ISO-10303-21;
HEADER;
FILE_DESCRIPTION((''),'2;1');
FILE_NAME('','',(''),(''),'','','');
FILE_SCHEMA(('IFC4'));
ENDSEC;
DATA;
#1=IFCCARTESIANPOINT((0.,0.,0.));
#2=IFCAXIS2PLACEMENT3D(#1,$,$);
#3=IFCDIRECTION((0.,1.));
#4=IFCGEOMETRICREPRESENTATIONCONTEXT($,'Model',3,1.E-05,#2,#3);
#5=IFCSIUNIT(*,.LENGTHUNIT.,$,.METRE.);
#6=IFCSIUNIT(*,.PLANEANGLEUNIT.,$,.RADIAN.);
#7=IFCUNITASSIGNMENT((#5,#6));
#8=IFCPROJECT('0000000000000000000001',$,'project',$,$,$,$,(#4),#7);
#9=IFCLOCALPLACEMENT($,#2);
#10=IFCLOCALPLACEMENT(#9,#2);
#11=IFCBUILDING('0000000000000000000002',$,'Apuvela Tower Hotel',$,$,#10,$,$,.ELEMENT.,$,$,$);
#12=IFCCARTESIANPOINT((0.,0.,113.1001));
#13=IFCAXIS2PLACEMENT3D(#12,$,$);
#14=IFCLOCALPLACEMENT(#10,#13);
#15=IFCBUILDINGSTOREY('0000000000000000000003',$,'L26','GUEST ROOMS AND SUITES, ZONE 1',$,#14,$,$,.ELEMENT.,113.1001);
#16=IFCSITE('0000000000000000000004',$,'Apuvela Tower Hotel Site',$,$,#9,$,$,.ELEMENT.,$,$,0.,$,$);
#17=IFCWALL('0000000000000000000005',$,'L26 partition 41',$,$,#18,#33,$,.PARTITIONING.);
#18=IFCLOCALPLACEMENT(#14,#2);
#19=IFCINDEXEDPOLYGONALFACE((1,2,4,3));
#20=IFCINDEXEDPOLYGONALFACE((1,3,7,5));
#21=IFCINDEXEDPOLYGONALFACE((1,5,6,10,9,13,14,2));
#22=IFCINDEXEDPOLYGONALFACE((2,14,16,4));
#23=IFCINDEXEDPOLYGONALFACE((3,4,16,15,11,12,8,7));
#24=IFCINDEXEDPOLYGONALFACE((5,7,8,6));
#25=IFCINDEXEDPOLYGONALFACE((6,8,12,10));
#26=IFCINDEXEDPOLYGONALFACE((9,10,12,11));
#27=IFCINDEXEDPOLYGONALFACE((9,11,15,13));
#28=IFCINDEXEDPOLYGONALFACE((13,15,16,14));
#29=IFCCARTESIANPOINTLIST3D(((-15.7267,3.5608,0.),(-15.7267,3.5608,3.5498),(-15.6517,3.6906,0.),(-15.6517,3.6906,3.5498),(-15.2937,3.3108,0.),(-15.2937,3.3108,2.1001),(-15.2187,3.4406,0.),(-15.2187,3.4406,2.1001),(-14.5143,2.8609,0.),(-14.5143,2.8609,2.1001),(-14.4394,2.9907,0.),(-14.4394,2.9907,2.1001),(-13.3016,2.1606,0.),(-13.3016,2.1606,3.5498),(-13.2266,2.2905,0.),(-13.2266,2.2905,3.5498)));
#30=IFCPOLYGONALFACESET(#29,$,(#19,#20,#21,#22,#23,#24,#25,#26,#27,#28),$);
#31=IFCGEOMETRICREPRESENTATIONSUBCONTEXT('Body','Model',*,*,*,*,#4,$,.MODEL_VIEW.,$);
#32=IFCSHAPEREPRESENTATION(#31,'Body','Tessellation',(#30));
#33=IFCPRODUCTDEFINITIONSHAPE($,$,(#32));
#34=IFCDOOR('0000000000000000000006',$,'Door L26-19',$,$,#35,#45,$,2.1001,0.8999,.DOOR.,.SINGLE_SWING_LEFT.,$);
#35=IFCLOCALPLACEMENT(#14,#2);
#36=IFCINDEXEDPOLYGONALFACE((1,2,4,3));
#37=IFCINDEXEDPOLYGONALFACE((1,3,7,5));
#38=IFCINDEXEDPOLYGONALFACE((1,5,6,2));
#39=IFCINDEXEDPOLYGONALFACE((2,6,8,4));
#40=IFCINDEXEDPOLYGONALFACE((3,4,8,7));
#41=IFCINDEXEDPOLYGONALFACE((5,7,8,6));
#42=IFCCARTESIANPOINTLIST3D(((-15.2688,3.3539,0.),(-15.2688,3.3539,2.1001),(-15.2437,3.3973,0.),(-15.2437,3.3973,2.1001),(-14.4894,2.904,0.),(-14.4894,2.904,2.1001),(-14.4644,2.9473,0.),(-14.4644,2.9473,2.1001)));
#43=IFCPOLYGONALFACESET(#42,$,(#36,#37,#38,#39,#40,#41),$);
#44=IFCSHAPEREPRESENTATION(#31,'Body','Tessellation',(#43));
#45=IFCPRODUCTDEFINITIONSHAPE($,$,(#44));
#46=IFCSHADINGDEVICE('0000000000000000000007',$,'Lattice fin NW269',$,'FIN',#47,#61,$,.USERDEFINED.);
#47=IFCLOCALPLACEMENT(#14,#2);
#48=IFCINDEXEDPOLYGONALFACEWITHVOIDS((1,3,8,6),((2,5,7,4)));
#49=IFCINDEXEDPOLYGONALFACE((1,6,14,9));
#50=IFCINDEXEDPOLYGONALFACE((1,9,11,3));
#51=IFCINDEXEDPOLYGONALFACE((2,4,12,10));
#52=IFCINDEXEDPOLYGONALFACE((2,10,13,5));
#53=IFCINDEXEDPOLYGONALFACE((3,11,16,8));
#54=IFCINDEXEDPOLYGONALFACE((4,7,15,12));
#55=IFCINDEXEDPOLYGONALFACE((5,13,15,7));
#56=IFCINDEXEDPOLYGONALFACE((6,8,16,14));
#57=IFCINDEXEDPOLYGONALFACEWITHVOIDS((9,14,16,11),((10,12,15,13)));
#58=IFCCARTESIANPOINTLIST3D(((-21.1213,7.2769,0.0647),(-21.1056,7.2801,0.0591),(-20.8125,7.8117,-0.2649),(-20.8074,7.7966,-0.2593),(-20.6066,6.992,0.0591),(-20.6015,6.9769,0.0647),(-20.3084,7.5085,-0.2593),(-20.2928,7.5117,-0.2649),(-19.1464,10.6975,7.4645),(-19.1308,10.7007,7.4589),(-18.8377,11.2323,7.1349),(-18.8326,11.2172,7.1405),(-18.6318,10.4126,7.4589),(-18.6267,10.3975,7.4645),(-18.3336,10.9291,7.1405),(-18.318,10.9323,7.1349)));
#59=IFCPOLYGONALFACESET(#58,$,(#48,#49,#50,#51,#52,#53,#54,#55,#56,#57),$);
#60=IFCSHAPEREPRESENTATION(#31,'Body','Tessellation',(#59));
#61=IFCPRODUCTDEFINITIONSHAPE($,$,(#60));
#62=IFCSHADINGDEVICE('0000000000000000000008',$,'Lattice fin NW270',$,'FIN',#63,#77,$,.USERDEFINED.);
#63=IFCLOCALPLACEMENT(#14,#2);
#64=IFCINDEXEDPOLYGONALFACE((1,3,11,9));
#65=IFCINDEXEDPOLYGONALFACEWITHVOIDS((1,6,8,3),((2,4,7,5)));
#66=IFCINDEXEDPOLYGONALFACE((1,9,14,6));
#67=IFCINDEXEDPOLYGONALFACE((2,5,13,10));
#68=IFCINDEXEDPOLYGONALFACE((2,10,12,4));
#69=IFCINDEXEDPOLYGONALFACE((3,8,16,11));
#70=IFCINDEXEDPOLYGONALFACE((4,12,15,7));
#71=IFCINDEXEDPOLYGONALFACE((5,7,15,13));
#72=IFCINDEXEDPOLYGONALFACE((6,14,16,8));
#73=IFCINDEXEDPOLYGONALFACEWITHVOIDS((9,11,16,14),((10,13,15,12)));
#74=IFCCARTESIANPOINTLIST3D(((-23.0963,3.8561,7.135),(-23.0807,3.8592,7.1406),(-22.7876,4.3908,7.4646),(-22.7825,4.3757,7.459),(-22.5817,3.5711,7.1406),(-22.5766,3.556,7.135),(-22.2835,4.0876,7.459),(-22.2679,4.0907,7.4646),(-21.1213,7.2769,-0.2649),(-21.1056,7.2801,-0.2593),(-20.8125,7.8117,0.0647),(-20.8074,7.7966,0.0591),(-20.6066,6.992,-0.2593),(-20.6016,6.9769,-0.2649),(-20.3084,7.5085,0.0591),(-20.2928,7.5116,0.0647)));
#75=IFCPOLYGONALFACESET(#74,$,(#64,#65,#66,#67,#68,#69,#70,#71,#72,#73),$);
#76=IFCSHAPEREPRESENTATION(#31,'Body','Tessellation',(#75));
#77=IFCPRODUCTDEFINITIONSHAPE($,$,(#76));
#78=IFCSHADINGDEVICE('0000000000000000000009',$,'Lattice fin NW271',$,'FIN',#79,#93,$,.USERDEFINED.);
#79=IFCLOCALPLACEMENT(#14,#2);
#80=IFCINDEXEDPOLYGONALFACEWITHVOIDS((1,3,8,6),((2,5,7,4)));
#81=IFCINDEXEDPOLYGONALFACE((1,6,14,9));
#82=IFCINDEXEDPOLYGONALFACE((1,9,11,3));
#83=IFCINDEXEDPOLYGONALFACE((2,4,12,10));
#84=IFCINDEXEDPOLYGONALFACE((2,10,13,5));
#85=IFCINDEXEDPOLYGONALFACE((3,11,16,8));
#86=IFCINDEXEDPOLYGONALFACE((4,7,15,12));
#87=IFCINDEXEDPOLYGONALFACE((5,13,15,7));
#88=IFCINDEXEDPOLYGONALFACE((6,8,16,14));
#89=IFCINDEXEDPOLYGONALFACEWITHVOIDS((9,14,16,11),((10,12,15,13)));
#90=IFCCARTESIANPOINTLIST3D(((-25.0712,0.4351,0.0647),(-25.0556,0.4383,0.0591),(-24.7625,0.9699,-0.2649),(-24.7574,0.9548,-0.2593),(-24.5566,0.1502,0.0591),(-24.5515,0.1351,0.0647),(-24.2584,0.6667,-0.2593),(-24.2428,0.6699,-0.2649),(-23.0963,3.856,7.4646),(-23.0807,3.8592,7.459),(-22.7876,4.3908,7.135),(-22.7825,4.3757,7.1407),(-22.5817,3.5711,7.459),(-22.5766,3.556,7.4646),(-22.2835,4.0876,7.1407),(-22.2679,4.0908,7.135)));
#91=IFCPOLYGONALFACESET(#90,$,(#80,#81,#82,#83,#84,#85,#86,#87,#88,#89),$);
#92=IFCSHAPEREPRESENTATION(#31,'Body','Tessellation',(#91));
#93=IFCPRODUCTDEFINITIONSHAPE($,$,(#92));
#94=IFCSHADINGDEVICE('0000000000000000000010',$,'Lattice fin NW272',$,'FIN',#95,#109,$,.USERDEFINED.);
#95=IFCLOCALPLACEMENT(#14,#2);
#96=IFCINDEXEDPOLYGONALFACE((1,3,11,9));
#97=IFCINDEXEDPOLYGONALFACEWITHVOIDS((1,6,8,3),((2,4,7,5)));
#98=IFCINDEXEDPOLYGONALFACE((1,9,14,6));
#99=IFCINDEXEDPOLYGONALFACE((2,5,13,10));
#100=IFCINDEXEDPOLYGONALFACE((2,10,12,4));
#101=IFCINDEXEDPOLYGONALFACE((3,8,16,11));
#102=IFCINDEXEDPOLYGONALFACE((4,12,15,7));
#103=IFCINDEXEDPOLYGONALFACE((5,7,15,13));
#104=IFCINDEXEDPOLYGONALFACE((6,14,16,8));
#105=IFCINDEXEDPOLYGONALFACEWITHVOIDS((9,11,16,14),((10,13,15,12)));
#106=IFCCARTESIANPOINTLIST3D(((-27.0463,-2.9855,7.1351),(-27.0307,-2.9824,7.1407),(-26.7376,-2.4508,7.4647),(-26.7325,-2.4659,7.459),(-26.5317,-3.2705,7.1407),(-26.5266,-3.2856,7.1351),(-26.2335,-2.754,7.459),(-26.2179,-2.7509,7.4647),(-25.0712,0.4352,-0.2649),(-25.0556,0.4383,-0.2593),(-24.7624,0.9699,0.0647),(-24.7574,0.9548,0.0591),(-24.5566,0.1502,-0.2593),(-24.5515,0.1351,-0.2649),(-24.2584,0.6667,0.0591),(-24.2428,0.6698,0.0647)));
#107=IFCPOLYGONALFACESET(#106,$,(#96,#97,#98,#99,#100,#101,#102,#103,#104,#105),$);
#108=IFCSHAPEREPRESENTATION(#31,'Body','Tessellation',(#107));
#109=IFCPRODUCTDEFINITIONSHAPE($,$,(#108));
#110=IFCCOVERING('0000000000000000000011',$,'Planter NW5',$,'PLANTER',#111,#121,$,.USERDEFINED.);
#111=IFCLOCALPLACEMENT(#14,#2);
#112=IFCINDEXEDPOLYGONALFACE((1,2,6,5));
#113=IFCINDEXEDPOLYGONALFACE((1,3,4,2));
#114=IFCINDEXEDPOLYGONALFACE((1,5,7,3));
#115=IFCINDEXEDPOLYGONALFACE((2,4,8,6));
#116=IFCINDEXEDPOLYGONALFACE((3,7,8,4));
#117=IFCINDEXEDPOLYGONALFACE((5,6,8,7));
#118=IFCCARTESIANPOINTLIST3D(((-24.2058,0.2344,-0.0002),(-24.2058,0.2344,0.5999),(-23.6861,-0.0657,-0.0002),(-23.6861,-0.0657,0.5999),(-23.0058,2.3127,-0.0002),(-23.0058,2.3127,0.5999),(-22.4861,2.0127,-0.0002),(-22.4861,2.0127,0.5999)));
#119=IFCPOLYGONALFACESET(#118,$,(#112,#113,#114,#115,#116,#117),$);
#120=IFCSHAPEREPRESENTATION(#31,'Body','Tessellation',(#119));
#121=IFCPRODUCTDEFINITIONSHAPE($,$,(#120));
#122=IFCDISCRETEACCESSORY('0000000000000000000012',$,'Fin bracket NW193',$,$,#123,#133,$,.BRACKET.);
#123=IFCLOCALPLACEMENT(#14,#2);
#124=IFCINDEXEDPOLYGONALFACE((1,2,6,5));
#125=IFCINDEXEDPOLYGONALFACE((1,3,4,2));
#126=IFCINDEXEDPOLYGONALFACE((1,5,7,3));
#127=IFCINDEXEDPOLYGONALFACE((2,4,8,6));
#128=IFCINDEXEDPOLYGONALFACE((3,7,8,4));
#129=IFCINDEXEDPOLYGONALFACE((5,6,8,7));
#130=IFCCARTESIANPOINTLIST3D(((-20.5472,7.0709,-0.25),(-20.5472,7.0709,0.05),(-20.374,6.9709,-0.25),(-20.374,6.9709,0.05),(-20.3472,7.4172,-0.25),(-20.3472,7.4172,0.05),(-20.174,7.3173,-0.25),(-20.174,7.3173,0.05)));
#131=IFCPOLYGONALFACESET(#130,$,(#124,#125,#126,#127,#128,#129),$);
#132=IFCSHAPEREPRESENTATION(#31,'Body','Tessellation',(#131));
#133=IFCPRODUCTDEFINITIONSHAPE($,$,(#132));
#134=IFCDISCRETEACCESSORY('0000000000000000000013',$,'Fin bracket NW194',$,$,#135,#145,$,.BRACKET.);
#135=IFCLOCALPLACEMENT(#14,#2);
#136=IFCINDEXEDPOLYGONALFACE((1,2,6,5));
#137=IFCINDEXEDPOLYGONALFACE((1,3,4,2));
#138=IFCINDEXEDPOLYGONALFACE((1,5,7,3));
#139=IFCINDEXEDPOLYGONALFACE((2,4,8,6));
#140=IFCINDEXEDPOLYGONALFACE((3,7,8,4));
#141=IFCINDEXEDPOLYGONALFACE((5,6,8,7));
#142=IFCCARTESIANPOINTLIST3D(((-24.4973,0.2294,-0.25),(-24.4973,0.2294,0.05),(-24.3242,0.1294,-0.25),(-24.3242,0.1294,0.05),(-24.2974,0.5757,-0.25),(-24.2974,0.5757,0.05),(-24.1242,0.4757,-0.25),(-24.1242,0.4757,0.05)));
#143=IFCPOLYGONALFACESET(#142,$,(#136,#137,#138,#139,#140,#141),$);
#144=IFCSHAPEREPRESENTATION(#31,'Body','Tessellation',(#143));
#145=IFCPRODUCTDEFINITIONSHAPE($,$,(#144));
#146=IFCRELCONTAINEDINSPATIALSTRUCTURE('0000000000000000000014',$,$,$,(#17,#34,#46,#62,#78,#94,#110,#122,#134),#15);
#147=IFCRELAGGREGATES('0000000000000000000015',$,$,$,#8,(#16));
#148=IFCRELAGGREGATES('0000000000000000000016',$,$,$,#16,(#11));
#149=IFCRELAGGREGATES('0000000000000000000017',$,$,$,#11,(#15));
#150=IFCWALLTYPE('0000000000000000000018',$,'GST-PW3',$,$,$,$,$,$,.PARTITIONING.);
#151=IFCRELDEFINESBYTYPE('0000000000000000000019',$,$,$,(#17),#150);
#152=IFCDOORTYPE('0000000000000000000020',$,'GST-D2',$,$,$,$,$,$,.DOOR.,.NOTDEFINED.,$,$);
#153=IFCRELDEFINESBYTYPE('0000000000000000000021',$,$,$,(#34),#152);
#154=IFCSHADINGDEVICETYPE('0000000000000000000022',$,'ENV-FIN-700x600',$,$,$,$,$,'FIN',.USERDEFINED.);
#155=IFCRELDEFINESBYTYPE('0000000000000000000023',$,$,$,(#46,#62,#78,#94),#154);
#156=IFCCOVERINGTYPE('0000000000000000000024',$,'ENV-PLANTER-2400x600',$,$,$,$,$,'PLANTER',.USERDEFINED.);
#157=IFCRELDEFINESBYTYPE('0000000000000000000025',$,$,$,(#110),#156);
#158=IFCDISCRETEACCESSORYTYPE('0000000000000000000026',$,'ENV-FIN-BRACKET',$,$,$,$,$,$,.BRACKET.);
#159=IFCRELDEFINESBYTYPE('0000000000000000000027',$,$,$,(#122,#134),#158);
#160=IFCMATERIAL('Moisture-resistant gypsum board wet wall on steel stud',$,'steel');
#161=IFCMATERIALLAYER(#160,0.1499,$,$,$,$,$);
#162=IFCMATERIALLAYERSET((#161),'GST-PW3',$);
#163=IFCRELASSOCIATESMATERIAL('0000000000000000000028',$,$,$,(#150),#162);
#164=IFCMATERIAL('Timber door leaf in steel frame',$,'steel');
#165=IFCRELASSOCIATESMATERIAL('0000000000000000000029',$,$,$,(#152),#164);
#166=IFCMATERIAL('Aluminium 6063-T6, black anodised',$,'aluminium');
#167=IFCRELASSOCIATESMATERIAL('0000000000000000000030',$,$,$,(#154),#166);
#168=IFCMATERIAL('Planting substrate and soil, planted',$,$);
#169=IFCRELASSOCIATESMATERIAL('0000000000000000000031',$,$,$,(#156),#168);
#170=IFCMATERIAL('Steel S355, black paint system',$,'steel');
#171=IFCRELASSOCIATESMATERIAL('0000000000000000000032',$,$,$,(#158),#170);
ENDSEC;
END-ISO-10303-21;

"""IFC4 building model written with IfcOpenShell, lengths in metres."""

from ifc_helpers import new_model, si_unit, direction, frame, frame_2d, origin, origin_2d, place, context, subcontext, project, spatial, rectangle, hollow_rectangle, extrude, material, layer, layer_set, material_profile, profile_set, type_object, element, fill, save


model = new_model("IFC4")

# Units and contexts
model_context = context("Model", 3, precision=1e-05, world=origin(), true_north=direction((0.0, 1.0)))
body_context = subcontext(model_context, "Body", "Model", "MODEL_VIEW")
ifc_project = project(units=[si_unit("LENGTHUNIT", "METRE"), si_unit("PLANEANGLEUNIT", "RADIAN")], contexts=[model_context])

# Site, building, storey
site_placement = place(None, origin())
site = spatial("IfcSite", under=ifc_project, at=site_placement, Name="Apuvela Tower Hotel Site", CompositionType="ELEMENT", RefElevation=0.0)
building_placement = place(site_placement, origin())
building = spatial("IfcBuilding", under=site, at=building_placement, Name="Apuvela Tower Hotel", CompositionType="ELEMENT")
storey_placement = place(building_placement, frame((0.0, 0.0, 113.1001)))
storey = spatial("IfcBuildingStorey", under=building, at=storey_placement, Name="L26", Description="GUEST ROOMS AND SUITES, ZONE 1", CompositionType="ELEMENT", Elevation=113.1001)

# Wall, opening, door
ifc_material_1 = material(Name="Moisture-resistant gypsum board wet wall on steel stud", Category="steel")
ifc_layer_1 = layer(ifc_material_1, 0.1499)
ifc_layer_set_1 = layer_set([ifc_layer_1], Name="GST-PW3")
wall_type_1 = type_object("IfcWallType", Name="GST-PW3", PredefinedType="PARTITIONING", material=ifc_layer_set_1)
wall_1_placement = place(storey_placement, frame((-15.6892, 3.6257, 0.0), z_axis=(0.0, 0.0, 1.0), x_axis=(0.866019, -0.500012, 0.0)))
wall_1 = element("IfcWall", 1, at=wall_1_placement, inside=storey, type_object=wall_type_1, Name="L26 partition 41", PredefinedType="PARTITIONING", context=body_context, shape_type="SweptSolid", body=[
    extrude(rectangle(XDim=2.8003, YDim=0.1499, at=frame_2d((1.4001, 0.0))), origin(), (0.0, 0.0, 1.0), 3.5498),
])
opening_1_placement = place(wall_1_placement, frame((0.5, 0.0, 0.0)))
opening_1 = element("IfcOpeningElement", 2, at=opening_1_placement, cuts=wall_1, PredefinedType="OPENING", context=body_context, shape_type="SweptSolid", body=[
    extrude(rectangle(XDim=0.8999, YDim=2.1001, at=frame_2d((0.45, 1.05))), frame((0.0, 0.085, 0.0), z_axis=(0.0, -1.0, 0.0), x_axis=(1.0, 0.0, 0.0)), (0.0, 0.0, 1.0), 0.1699),
])
ifc_material_2 = material(Name="Timber door leaf in steel frame", Category="steel")
door_type_1 = type_object("IfcDoorType", Name="GST-D2", OperationType="NOTDEFINED", PredefinedType="DOOR", material=ifc_material_2)
door_1_placement = place(opening_1_placement, origin())
door_1 = element("IfcDoor", 3, at=door_1_placement, inside=storey, type_object=door_type_1, Name="Door L26-19", OperationType="SINGLE_SWING_LEFT", OverallHeight=2.1001, OverallWidth=0.8999, PredefinedType="DOOR", context=body_context, shape_type="SweptSolid", body=[
    extrude(rectangle(XDim=0.8999, YDim=2.1001, at=frame_2d((0.45, 1.05))), frame((0.0, 0.0249, 0.0), z_axis=(0.0, -1.0, 0.0), x_axis=(1.0, 0.0, 0.0)), (0.0, 0.0, 1.0), 0.05),
])
fill(opening_1, door_1)

# Shading devices
ifc_material_3 = material(Name="Aluminium 6063-T6, black anodised", Category="aluminium")
ifc_material_profile_1 = material_profile(ifc_material_3, hollow_rectangle(XDim=0.6001, YDim=0.7, WallThickness=0.012, at=origin_2d()), Name="AL BOX 700x600x12")
ifc_profile_set_1 = profile_set([ifc_material_profile_1], Name="Aluminium 6063-T6, black anodised")
shading_device_type = type_object("IfcShadingDeviceType", Name="ENV-FIN-700x600", ElementType="FIN", PredefinedType="USERDEFINED", material=ifc_profile_set_1)
shading_device_placement = place(storey_placement, frame((-20.707, 7.3943, -0.1001), z_axis=(0.235436, 0.407801, 0.882195), x_axis=(-0.866032, 0.499988, 0.0)))
element("IfcShadingDevice", 4, at=shading_device_placement, inside=storey, type_object=shading_device_type, Name="Lattice fin NW269", ObjectType="FIN", PredefinedType="USERDEFINED", context=body_context, shape_type="SweptSolid", body=[
    extrude(hollow_rectangle(XDim=0.6001, YDim=0.7, WallThickness=0.012, at=origin_2d()), origin(), (0.0, 0.0, 1.0), 8.3879),
])
for number, where, z_axis, x_axis, name in (
    (5, (-20.707, 7.3943, -0.1001), (-0.235461, -0.407822, 0.882179), (0.866021, -0.500008, 0.0), "Lattice fin NW270"),
    (6, (-24.657, 0.5525, -0.1001), (0.235434, 0.407825, 0.882185), (-0.866048, 0.499961, 0.0), "Lattice fin NW271"),
    (7, (-24.657, 0.5525, -0.1001), (-0.235464, -0.407798, 0.882189), (0.866005, -0.500035, 0.0), "Lattice fin NW272"),
):
    element("IfcShadingDevice", number, at=place(storey_placement, frame(where, z_axis=z_axis, x_axis=x_axis)), inside=storey, type_object=shading_device_type, Name=name, ObjectType="FIN", PredefinedType="USERDEFINED", context=body_context, shape_type="SweptSolid", body=[
        extrude(hollow_rectangle(XDim=0.6001, YDim=0.7, WallThickness=0.012, at=origin_2d()), origin(), (0.0, 0.0, 1.0), 8.3882),
    ])

# Covering
ifc_material_4 = material(Name="Planting substrate and soil, planted")
covering_type = type_object("IfcCoveringType", Name="ENV-PLANTER-2400x600", ElementType="PLANTER", PredefinedType="USERDEFINED", material=ifc_material_4)
covering_placement = place(storey_placement, frame((-23.3459, 1.1235, -0.0002), z_axis=(0.0, 0.0, 1.0), x_axis=(-0.5, -0.866025, 0.0)))
element("IfcCovering", 8, at=covering_placement, inside=storey, type_object=covering_type, Name="Planter NW5", ObjectType="PLANTER", PredefinedType="USERDEFINED", context=body_context, shape_type="SweptSolid", body=[
    extrude(rectangle(XDim=2.3999, YDim=0.6001, at=origin_2d()), origin(), (0.0, 0.0, 1.0), 0.6001),
])

# Discrete accessories
ifc_material_5 = material(Name="Steel S355, black paint system", Category="steel")
discrete_accessory_type = type_object("IfcDiscreteAccessoryType", Name="ENV-FIN-BRACKET", PredefinedType="BRACKET", material=ifc_material_5)
for number, where, z_axis, x_axis, name in (
    (9, (-20.3606, 7.1941, -0.25), (0.0, 0.0, 1.0), (-0.5, -0.866025, 0.0), "Fin bracket NW193"),
    (10, (-24.3108, 0.3525, -0.25), (0.0, 0.0, 1.0), (-0.5, -0.866025, 0.0), "Fin bracket NW194"),
):
    element("IfcDiscreteAccessory", number, at=place(storey_placement, frame(where, z_axis=z_axis, x_axis=x_axis)), inside=storey, type_object=discrete_accessory_type, Name=name, PredefinedType="BRACKET", context=body_context, shape_type="SweptSolid", body=[
        extrude(rectangle(XDim=0.3999, YDim=0.2, at=origin_2d()), origin(), (0.0, 0.0, 1.0), 0.3),
    ])

save(model, "model.ifc")
